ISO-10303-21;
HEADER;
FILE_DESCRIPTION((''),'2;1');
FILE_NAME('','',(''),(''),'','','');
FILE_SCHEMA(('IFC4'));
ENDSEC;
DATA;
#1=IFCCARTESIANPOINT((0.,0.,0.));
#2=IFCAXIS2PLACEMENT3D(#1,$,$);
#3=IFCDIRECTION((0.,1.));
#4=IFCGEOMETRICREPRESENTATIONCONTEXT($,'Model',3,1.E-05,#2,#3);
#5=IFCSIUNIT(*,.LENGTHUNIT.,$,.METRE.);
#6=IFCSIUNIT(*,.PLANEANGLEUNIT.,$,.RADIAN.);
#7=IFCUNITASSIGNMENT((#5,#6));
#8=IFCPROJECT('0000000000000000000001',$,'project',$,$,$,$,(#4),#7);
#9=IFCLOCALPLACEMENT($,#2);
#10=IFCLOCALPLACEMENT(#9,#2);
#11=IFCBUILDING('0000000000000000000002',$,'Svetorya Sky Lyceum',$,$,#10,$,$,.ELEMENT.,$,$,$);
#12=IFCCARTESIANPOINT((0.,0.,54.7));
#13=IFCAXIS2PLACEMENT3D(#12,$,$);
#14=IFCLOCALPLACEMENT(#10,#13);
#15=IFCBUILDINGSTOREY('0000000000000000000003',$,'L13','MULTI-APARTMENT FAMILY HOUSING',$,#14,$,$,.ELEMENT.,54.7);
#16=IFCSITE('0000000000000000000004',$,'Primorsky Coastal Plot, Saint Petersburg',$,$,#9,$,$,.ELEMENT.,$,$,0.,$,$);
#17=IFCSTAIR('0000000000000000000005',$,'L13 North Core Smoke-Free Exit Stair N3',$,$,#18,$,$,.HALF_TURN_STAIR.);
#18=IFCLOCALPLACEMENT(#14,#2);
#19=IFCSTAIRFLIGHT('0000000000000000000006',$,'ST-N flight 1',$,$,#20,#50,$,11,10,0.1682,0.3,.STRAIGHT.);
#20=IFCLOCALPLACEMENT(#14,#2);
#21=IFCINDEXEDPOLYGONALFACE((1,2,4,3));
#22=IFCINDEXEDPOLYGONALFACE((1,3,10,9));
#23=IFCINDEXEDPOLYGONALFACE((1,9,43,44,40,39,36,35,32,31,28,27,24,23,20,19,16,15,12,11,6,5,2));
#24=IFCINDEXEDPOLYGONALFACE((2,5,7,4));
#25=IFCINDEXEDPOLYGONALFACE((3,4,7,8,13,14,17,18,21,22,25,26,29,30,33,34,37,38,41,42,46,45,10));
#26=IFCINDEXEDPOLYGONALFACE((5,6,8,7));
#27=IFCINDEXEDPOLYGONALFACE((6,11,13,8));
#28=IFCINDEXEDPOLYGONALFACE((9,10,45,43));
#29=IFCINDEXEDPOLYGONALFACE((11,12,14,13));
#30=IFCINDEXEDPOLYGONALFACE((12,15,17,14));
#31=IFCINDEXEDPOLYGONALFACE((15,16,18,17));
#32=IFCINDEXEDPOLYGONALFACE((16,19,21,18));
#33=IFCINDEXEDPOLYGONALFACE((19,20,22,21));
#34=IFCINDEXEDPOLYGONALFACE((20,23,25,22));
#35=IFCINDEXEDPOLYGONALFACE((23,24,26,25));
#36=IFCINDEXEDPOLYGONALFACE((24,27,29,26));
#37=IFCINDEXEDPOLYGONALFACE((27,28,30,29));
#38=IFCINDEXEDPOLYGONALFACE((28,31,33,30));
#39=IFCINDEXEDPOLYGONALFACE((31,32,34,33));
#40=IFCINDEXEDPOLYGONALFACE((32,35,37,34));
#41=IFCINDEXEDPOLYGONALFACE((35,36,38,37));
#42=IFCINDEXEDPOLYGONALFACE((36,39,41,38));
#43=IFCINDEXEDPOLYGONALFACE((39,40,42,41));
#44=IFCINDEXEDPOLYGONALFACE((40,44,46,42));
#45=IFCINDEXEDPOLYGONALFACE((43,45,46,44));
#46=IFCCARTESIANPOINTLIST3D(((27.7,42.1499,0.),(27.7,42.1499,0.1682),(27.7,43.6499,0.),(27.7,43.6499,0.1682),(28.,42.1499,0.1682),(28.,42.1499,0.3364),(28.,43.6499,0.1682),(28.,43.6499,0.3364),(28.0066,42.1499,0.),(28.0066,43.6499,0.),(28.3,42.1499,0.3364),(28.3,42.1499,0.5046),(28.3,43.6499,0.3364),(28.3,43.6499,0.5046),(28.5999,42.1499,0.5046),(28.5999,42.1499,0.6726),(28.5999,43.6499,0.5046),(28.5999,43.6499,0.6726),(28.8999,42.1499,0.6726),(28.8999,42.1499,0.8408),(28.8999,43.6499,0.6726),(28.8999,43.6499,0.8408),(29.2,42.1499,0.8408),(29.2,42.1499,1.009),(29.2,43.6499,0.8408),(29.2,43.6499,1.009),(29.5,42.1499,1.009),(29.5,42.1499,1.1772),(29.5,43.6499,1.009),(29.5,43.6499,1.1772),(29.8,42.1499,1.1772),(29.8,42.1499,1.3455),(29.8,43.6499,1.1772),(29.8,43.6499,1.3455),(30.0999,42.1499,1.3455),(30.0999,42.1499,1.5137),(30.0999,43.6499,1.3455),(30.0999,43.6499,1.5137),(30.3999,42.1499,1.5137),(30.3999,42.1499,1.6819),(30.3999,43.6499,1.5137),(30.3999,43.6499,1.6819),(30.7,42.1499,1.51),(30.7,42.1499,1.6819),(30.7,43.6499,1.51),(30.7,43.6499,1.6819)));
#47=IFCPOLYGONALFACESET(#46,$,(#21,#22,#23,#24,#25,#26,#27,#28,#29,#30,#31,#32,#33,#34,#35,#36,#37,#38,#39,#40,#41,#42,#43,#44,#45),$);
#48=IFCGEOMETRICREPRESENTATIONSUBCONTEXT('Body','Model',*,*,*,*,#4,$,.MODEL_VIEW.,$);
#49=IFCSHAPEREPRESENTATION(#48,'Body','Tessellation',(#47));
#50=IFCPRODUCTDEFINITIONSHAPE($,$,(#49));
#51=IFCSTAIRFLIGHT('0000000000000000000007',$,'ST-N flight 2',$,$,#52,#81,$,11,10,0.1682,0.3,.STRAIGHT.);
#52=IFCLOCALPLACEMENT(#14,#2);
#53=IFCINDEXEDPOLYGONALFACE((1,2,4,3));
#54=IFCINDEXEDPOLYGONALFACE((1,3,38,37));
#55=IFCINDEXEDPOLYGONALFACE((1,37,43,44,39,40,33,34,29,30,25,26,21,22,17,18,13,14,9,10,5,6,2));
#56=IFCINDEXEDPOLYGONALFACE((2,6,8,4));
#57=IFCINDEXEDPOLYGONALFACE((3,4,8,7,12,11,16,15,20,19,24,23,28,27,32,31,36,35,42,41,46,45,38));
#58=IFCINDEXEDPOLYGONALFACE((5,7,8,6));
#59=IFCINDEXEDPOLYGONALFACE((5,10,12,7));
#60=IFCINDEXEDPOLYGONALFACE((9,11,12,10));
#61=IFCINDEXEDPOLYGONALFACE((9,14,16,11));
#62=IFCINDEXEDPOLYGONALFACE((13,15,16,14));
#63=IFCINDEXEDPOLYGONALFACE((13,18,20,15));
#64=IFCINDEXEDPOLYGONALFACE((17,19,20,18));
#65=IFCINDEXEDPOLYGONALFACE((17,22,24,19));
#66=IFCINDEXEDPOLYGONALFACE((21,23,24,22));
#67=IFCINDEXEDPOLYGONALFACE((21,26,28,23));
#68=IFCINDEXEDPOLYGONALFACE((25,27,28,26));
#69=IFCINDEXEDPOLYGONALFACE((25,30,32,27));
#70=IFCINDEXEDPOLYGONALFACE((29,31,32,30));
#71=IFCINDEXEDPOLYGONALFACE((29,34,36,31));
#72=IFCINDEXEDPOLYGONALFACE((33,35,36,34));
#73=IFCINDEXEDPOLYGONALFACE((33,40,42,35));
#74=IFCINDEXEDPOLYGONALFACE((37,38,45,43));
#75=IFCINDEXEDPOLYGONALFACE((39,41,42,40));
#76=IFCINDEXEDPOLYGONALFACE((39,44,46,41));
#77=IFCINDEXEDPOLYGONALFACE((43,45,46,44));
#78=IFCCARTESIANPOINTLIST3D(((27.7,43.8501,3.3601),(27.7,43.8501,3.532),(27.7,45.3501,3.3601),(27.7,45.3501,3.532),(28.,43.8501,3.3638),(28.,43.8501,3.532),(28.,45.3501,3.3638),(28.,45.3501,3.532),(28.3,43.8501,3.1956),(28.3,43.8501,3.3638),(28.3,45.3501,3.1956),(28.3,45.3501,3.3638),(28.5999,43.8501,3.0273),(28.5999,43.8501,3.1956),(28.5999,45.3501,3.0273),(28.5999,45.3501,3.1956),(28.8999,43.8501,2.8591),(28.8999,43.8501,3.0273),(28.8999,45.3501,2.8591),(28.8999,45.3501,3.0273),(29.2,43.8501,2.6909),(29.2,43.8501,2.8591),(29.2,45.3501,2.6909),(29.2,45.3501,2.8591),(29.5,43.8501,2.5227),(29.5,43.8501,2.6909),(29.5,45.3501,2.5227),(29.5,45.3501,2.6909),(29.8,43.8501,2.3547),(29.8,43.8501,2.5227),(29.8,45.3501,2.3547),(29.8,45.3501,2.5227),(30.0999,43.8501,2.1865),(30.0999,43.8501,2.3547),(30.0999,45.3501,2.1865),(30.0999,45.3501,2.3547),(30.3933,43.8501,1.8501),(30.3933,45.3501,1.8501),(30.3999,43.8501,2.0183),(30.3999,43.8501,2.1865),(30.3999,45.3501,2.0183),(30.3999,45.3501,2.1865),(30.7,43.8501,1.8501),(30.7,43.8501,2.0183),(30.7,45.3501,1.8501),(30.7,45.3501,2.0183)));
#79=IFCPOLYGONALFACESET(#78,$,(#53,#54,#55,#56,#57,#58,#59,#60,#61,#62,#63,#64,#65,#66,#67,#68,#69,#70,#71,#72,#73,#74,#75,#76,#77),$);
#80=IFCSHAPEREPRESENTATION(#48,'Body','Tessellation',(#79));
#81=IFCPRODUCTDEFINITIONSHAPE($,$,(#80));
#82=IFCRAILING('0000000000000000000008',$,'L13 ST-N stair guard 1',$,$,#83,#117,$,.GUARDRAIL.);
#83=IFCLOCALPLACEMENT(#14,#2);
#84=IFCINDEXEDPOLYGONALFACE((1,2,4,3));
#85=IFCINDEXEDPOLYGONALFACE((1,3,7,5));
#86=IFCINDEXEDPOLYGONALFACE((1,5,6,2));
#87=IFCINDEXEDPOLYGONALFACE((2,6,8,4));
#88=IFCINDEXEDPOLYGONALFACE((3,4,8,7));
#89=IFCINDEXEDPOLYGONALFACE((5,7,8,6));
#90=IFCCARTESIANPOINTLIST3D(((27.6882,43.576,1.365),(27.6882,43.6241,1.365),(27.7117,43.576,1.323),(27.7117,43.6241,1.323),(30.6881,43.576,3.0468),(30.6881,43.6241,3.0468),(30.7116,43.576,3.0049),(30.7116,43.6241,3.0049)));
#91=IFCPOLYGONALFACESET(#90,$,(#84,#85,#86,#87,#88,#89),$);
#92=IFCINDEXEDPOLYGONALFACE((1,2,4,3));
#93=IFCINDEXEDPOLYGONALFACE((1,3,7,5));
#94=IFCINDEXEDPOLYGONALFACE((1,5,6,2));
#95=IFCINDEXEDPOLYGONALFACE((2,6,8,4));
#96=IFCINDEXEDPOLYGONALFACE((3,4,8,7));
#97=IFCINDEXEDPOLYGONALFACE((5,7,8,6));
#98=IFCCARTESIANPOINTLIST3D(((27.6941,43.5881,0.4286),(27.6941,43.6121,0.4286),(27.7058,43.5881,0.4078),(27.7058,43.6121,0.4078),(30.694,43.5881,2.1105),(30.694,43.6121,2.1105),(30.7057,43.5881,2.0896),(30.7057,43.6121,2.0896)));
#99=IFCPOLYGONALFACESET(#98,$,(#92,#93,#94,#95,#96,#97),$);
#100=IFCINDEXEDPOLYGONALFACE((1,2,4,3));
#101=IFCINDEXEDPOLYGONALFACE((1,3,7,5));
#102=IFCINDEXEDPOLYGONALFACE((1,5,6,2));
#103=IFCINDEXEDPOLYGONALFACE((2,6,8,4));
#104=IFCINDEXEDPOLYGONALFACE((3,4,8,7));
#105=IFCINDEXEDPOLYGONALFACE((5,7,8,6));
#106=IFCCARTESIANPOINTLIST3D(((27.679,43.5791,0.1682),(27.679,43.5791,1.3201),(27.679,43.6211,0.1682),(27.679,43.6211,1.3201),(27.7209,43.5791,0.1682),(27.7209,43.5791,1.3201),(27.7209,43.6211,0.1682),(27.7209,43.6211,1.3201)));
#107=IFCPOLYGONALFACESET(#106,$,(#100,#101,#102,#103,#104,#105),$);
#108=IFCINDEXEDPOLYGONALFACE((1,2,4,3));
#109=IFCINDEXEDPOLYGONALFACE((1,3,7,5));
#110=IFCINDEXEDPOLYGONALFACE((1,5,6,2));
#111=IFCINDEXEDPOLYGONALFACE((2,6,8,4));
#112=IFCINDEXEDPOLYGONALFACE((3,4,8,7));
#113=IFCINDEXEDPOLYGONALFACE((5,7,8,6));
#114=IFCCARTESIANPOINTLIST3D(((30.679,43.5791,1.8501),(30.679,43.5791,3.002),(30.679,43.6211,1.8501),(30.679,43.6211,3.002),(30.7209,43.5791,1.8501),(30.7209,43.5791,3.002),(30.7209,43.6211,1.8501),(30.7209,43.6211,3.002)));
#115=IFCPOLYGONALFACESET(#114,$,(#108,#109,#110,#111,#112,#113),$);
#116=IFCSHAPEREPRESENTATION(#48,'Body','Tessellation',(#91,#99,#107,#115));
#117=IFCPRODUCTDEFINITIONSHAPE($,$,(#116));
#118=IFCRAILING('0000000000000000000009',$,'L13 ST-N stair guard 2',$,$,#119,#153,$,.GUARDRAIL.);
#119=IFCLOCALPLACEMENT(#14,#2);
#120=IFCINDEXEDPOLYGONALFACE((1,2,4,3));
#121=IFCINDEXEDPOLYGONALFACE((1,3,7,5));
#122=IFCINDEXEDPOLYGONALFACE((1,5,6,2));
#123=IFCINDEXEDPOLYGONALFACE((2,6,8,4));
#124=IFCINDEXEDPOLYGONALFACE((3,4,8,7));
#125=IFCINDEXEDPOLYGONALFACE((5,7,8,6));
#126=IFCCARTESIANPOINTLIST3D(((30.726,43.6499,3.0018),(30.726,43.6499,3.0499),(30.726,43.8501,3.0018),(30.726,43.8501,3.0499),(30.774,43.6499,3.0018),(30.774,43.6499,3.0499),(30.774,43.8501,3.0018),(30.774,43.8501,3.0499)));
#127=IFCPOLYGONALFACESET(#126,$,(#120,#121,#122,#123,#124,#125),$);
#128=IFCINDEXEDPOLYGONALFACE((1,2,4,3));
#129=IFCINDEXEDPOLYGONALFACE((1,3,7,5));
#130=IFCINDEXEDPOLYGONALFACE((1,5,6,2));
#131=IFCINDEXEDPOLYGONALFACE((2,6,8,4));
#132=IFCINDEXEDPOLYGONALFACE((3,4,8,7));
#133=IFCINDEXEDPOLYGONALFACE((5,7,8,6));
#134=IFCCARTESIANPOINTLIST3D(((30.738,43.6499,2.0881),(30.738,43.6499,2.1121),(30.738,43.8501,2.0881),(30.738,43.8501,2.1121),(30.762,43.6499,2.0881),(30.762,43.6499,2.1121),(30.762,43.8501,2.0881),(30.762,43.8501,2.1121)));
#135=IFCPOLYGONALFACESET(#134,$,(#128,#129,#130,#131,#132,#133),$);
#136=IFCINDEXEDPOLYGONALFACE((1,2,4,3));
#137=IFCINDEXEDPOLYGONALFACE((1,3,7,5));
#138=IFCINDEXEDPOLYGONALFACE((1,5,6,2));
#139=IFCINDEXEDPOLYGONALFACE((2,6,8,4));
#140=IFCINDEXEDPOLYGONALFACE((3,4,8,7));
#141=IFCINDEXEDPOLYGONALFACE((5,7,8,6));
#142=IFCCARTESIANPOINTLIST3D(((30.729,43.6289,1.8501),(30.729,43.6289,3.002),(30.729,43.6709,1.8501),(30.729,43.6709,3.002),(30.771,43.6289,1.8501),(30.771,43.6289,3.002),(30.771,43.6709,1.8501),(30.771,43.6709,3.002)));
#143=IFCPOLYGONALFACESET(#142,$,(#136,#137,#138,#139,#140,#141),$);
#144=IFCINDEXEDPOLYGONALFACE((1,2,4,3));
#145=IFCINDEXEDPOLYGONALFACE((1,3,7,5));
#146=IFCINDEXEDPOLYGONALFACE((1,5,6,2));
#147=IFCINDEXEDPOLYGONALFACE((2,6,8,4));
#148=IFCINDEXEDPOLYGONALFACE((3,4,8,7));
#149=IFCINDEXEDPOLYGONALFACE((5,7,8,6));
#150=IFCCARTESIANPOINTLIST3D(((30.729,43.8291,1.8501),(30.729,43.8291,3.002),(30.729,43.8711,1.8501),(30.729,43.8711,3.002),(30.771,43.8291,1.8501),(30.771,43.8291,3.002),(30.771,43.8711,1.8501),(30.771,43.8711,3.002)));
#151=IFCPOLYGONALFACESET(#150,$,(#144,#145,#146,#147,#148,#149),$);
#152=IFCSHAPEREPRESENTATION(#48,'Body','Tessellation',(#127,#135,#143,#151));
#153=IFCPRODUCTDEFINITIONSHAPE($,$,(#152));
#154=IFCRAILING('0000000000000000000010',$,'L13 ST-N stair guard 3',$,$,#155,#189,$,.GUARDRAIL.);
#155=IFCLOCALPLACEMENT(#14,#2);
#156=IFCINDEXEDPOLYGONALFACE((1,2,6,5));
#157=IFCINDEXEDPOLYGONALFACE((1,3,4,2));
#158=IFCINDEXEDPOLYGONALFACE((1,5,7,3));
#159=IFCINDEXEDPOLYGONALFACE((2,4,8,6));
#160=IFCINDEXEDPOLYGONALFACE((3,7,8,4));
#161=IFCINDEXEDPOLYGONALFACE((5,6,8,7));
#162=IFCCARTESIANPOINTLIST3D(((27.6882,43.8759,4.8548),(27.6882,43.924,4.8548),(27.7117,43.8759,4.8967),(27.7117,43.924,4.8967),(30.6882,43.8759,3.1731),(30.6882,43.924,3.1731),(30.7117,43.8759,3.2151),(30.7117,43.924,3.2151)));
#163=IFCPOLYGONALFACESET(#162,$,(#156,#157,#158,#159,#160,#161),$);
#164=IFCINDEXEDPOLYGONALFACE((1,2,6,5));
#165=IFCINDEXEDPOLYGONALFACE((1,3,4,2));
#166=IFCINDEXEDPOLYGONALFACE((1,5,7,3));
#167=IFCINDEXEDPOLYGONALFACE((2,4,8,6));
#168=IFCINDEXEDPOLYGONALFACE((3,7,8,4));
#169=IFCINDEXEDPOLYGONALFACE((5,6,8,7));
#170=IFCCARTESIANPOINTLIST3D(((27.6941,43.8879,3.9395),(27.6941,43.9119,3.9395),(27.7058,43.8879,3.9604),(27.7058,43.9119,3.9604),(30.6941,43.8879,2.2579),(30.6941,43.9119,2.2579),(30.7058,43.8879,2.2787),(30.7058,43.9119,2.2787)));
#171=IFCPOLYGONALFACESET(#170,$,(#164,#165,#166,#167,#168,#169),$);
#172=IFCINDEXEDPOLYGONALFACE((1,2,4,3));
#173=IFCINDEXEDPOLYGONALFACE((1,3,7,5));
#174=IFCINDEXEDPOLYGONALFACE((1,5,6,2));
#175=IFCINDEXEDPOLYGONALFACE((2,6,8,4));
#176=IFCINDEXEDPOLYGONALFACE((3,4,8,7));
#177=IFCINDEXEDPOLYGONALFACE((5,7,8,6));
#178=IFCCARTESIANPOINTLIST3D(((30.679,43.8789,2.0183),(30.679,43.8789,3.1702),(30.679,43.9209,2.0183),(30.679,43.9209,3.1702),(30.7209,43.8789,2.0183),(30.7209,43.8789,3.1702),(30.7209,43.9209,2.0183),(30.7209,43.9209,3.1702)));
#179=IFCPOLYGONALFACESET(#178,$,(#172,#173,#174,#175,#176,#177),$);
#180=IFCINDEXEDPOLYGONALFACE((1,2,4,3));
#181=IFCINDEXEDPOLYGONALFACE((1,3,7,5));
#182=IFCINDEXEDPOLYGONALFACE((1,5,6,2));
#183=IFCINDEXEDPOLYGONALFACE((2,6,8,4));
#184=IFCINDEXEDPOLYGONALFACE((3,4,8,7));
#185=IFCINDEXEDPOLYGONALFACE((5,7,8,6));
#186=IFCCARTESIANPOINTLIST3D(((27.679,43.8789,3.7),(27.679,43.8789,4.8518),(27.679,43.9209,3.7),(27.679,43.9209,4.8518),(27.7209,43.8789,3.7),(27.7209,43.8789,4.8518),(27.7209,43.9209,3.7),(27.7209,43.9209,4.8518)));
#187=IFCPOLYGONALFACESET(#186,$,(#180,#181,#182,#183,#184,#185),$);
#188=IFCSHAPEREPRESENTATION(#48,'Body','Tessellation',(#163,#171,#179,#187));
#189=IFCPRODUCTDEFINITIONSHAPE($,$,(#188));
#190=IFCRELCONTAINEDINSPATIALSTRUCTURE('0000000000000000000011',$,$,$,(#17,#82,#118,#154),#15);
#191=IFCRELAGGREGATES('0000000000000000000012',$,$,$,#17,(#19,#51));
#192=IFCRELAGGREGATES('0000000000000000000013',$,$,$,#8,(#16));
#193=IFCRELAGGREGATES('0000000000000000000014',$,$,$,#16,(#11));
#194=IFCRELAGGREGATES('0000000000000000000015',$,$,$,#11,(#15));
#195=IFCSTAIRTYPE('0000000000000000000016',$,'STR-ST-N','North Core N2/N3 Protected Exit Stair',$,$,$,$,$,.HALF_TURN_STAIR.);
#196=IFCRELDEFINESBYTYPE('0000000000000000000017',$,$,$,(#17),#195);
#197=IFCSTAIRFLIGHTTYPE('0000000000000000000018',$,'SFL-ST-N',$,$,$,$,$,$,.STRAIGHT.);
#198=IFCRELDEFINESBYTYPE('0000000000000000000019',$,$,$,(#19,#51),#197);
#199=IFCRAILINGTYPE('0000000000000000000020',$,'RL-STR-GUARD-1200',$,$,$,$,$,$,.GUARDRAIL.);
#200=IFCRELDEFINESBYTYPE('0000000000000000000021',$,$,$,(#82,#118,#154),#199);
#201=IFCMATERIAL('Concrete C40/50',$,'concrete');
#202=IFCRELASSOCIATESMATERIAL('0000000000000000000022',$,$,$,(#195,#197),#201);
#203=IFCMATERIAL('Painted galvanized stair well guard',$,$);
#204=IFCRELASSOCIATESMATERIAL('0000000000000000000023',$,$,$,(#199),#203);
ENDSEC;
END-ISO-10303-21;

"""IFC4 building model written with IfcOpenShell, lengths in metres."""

from ifc_helpers import new_model, si_unit, direction, frame, origin, origin_2d, place, context, subcontext, project, spatial, polyline, rectangle, outline, extrude, material, type_object, element, aggregate, save


model = new_model("IFC4")

# Units and contexts
model_context = context("Model", 3, precision=1e-05, world=origin(), true_north=direction((0.0, 1.0)))
body_context = subcontext(model_context, "Body", "Model", "MODEL_VIEW")
ifc_project = project(units=[si_unit("LENGTHUNIT", "METRE"), si_unit("PLANEANGLEUNIT", "RADIAN")], contexts=[model_context])

# Site, building, storey
site_placement = place(None, origin())
site = spatial("IfcSite", under=ifc_project, at=site_placement, Name="Primorsky Coastal Plot, Saint Petersburg", CompositionType="ELEMENT", RefElevation=0.0)
building_placement = place(site_placement, origin())
building = spatial("IfcBuilding", under=site, at=building_placement, Name="Svetorya Sky Lyceum", CompositionType="ELEMENT")
storey_placement = place(building_placement, frame((0.0, 0.0, 54.7)))
storey = spatial("IfcBuildingStorey", under=building, at=storey_placement, Name="L13", Description="MULTI-APARTMENT FAMILY HOUSING", CompositionType="ELEMENT", Elevation=54.7)

# Stair, stair flights
ifc_material_1 = material(Name="Concrete C40/50", Category="concrete")
stair_type = type_object("IfcStairType", Name="STR-ST-N", Description="North Core N2/N3 Protected Exit Stair", PredefinedType="HALF_TURN_STAIR", material=ifc_material_1)
stair_placement = place(storey_placement, origin())
stair = element("IfcStair", 1, at=stair_placement, inside=storey, type_object=stair_type, Name="L13 North Core Smoke-Free Exit Stair N3", PredefinedType="HALF_TURN_STAIR")
stair_flight_type = type_object("IfcStairFlightType", Name="SFL-ST-N", PredefinedType="STRAIGHT", material=ifc_material_1)
stair_flight_1_placement = place(storey_placement, frame((27.7, 42.8999, 0.0), z_axis=(0.0, 0.0, 1.0), x_axis=(1.0, 0.0, 0.0)))
stair_flight_1 = element("IfcStairFlight", 2, at=stair_flight_1_placement, type_object=stair_flight_type, Name="ST-N flight 1", NumberOfRisers=11, NumberOfTreads=10, PredefinedType="STRAIGHT", RiserHeight=0.1682, TreadLength=0.3, context=body_context, shape_type="SweptSolid", body=[
    extrude(outline(polyline([(0.0, 0.0), (0.0, 0.1682), (0.3, 0.1682), (0.3, 0.3364), (0.6001, 0.3364), (0.6001, 0.5046), (0.8999, 0.5046), (0.8999, 0.6726), (1.2, 0.6726), (1.2, 0.8408), (1.5, 0.8408), (1.5, 1.009), (1.8, 1.009), (1.8, 1.1772), (2.1001, 1.1772), (2.1001, 1.3455), (2.3999, 1.3455), (2.3999, 1.5137), (2.7, 1.5137), (2.7, 1.6819), (3.0, 1.6819), (3.0, 1.8501), (3.0, 1.51), (0.3066, 0.0), (0.0, 0.0)])), frame((0.0, 0.75, 0.0), z_axis=(0.0, -1.0, 0.0), x_axis=(1.0, 0.0, 0.0)), (0.0, 0.0, 1.0), 1.5),
])
stair_flight_2_placement = place(storey_placement, frame((30.7, 44.6001, 1.8501), z_axis=(0.0, 0.0, 1.0), x_axis=(-1.0, 0.0, 0.0)))
stair_flight_2 = element("IfcStairFlight", 3, at=stair_flight_2_placement, type_object=stair_flight_type, Name="ST-N flight 2", NumberOfRisers=11, NumberOfTreads=10, PredefinedType="STRAIGHT", RiserHeight=0.1682, TreadLength=0.3, context=body_context, shape_type="SweptSolid", body=[
    extrude(outline(polyline([(0.0, 0.0), (0.0, 0.1682), (0.3, 0.1682), (0.3, 0.3364), (0.6001, 0.3364), (0.6001, 0.5046), (0.8999, 0.5046), (0.8999, 0.6726), (1.2, 0.6726), (1.2, 0.8408), (1.5, 0.8408), (1.5, 1.009), (1.8, 1.009), (1.8, 1.1772), (2.1001, 1.1772), (2.1001, 1.3455), (2.3999, 1.3455), (2.3999, 1.5137), (2.7, 1.5137), (2.7, 1.6819), (3.0, 1.6819), (3.0, 1.8501), (3.0, 1.51), (0.3066, 0.0), (0.0, 0.0)])), frame((0.0, 0.75, 0.0), z_axis=(0.0, -1.0, 0.0), x_axis=(1.0, 0.0, 0.0)), (0.0, 0.0, 1.0), 1.5),
])
aggregate(stair, [stair_flight_1, stair_flight_2])

# Railings
ifc_material_2 = material(Name="Painted galvanized stair well guard")
railing_type_1 = type_object("IfcRailingType", Name="RL-STR-GUARD-1200", PredefinedType="GUARDRAIL", material=ifc_material_2)
railing_1_placement = place(storey_placement, frame((27.7, 43.6001, 0.1682)))
element("IfcRailing", 4, at=railing_1_placement, inside=storey, type_object=railing_type_1, Name="L13 ST-N stair guard 1", PredefinedType="GUARDRAIL", context=body_context, shape_type="SweptSolid", body=[
    extrude(rectangle(XDim=0.0481, YDim=0.0481, at=origin_2d()), frame((0.0, 0.0, 1.1758), z_axis=(0.872272, 0.0, 0.48902), x_axis=(0.0, 1.0, 0.0)), (0.0, 0.0, 1.0), 3.4392),
    extrude(rectangle(XDim=0.0239, YDim=0.0239, at=origin_2d()), frame((0.0, 0.0, 0.25), z_axis=(0.872272, 0.0, 0.48902), x_axis=(0.0, 1.0, 0.0)), (0.0, 0.0, 1.0), 3.4392),
    extrude(rectangle(XDim=0.042, YDim=0.042, at=origin_2d()), origin(), (0.0, 0.0, 1.0), 1.1519),
    extrude(rectangle(XDim=0.042, YDim=0.042, at=origin_2d()), frame((3.0, 0.0, 1.6819)), (0.0, 0.0, 1.0), 1.1519),
])
railing_2_placement = place(storey_placement, frame((30.75, 43.6499, 1.8501)))
element("IfcRailing", 5, at=railing_2_placement, inside=storey, type_object=railing_type_1, Name="L13 ST-N stair guard 2", PredefinedType="GUARDRAIL", context=body_context, shape_type="SweptSolid", body=[
    extrude(rectangle(XDim=0.0481, YDim=0.0481, at=origin_2d()), frame((0.0, 0.0, 1.1758), z_axis=(0.0, 1.0, 0.0), x_axis=(-1.0, 0.0, 0.0)), (0.0, 0.0, 1.0), 0.2002),
    extrude(rectangle(XDim=0.0239, YDim=0.0239, at=origin_2d()), frame((0.0, 0.0, 0.25), z_axis=(0.0, 1.0, 0.0), x_axis=(-1.0, 0.0, 0.0)), (0.0, 0.0, 1.0), 0.2002),
    extrude(rectangle(XDim=0.042, YDim=0.042, at=origin_2d()), origin(), (0.0, 0.0, 1.0), 1.1519),
    extrude(rectangle(XDim=0.042, YDim=0.042, at=origin_2d()), frame((0.0, 0.2002, 0.0)), (0.0, 0.0, 1.0), 1.1519),
])
railing_3_placement = place(storey_placement, frame((30.7, 43.8999, 2.0183)))
element("IfcRailing", 6, at=railing_3_placement, inside=storey, type_object=railing_type_1, Name="L13 ST-N stair guard 3", PredefinedType="GUARDRAIL", context=body_context, shape_type="SweptSolid", body=[
    extrude(rectangle(XDim=0.0481, YDim=0.0481, at=origin_2d()), frame((0.0, 0.0, 1.1758), z_axis=(-0.872303, 0.0, 0.488966), x_axis=(0.0, -1.0, 0.0)), (0.0, 0.0, 1.0), 3.4392),
    extrude(rectangle(XDim=0.0239, YDim=0.0239, at=origin_2d()), frame((0.0, 0.0, 0.25), z_axis=(-0.872303, 0.0, 0.488966), x_axis=(0.0, -1.0, 0.0)), (0.0, 0.0, 1.0), 3.4392),
    extrude(rectangle(XDim=0.042, YDim=0.042, at=origin_2d()), origin(), (0.0, 0.0, 1.0), 1.1519),
    extrude(rectangle(XDim=0.042, YDim=0.042, at=origin_2d()), frame((-3.0, 0.0, 1.6816)), (0.0, 0.0, 1.0), 1.1519),
])

save(model, "model.ifc")
